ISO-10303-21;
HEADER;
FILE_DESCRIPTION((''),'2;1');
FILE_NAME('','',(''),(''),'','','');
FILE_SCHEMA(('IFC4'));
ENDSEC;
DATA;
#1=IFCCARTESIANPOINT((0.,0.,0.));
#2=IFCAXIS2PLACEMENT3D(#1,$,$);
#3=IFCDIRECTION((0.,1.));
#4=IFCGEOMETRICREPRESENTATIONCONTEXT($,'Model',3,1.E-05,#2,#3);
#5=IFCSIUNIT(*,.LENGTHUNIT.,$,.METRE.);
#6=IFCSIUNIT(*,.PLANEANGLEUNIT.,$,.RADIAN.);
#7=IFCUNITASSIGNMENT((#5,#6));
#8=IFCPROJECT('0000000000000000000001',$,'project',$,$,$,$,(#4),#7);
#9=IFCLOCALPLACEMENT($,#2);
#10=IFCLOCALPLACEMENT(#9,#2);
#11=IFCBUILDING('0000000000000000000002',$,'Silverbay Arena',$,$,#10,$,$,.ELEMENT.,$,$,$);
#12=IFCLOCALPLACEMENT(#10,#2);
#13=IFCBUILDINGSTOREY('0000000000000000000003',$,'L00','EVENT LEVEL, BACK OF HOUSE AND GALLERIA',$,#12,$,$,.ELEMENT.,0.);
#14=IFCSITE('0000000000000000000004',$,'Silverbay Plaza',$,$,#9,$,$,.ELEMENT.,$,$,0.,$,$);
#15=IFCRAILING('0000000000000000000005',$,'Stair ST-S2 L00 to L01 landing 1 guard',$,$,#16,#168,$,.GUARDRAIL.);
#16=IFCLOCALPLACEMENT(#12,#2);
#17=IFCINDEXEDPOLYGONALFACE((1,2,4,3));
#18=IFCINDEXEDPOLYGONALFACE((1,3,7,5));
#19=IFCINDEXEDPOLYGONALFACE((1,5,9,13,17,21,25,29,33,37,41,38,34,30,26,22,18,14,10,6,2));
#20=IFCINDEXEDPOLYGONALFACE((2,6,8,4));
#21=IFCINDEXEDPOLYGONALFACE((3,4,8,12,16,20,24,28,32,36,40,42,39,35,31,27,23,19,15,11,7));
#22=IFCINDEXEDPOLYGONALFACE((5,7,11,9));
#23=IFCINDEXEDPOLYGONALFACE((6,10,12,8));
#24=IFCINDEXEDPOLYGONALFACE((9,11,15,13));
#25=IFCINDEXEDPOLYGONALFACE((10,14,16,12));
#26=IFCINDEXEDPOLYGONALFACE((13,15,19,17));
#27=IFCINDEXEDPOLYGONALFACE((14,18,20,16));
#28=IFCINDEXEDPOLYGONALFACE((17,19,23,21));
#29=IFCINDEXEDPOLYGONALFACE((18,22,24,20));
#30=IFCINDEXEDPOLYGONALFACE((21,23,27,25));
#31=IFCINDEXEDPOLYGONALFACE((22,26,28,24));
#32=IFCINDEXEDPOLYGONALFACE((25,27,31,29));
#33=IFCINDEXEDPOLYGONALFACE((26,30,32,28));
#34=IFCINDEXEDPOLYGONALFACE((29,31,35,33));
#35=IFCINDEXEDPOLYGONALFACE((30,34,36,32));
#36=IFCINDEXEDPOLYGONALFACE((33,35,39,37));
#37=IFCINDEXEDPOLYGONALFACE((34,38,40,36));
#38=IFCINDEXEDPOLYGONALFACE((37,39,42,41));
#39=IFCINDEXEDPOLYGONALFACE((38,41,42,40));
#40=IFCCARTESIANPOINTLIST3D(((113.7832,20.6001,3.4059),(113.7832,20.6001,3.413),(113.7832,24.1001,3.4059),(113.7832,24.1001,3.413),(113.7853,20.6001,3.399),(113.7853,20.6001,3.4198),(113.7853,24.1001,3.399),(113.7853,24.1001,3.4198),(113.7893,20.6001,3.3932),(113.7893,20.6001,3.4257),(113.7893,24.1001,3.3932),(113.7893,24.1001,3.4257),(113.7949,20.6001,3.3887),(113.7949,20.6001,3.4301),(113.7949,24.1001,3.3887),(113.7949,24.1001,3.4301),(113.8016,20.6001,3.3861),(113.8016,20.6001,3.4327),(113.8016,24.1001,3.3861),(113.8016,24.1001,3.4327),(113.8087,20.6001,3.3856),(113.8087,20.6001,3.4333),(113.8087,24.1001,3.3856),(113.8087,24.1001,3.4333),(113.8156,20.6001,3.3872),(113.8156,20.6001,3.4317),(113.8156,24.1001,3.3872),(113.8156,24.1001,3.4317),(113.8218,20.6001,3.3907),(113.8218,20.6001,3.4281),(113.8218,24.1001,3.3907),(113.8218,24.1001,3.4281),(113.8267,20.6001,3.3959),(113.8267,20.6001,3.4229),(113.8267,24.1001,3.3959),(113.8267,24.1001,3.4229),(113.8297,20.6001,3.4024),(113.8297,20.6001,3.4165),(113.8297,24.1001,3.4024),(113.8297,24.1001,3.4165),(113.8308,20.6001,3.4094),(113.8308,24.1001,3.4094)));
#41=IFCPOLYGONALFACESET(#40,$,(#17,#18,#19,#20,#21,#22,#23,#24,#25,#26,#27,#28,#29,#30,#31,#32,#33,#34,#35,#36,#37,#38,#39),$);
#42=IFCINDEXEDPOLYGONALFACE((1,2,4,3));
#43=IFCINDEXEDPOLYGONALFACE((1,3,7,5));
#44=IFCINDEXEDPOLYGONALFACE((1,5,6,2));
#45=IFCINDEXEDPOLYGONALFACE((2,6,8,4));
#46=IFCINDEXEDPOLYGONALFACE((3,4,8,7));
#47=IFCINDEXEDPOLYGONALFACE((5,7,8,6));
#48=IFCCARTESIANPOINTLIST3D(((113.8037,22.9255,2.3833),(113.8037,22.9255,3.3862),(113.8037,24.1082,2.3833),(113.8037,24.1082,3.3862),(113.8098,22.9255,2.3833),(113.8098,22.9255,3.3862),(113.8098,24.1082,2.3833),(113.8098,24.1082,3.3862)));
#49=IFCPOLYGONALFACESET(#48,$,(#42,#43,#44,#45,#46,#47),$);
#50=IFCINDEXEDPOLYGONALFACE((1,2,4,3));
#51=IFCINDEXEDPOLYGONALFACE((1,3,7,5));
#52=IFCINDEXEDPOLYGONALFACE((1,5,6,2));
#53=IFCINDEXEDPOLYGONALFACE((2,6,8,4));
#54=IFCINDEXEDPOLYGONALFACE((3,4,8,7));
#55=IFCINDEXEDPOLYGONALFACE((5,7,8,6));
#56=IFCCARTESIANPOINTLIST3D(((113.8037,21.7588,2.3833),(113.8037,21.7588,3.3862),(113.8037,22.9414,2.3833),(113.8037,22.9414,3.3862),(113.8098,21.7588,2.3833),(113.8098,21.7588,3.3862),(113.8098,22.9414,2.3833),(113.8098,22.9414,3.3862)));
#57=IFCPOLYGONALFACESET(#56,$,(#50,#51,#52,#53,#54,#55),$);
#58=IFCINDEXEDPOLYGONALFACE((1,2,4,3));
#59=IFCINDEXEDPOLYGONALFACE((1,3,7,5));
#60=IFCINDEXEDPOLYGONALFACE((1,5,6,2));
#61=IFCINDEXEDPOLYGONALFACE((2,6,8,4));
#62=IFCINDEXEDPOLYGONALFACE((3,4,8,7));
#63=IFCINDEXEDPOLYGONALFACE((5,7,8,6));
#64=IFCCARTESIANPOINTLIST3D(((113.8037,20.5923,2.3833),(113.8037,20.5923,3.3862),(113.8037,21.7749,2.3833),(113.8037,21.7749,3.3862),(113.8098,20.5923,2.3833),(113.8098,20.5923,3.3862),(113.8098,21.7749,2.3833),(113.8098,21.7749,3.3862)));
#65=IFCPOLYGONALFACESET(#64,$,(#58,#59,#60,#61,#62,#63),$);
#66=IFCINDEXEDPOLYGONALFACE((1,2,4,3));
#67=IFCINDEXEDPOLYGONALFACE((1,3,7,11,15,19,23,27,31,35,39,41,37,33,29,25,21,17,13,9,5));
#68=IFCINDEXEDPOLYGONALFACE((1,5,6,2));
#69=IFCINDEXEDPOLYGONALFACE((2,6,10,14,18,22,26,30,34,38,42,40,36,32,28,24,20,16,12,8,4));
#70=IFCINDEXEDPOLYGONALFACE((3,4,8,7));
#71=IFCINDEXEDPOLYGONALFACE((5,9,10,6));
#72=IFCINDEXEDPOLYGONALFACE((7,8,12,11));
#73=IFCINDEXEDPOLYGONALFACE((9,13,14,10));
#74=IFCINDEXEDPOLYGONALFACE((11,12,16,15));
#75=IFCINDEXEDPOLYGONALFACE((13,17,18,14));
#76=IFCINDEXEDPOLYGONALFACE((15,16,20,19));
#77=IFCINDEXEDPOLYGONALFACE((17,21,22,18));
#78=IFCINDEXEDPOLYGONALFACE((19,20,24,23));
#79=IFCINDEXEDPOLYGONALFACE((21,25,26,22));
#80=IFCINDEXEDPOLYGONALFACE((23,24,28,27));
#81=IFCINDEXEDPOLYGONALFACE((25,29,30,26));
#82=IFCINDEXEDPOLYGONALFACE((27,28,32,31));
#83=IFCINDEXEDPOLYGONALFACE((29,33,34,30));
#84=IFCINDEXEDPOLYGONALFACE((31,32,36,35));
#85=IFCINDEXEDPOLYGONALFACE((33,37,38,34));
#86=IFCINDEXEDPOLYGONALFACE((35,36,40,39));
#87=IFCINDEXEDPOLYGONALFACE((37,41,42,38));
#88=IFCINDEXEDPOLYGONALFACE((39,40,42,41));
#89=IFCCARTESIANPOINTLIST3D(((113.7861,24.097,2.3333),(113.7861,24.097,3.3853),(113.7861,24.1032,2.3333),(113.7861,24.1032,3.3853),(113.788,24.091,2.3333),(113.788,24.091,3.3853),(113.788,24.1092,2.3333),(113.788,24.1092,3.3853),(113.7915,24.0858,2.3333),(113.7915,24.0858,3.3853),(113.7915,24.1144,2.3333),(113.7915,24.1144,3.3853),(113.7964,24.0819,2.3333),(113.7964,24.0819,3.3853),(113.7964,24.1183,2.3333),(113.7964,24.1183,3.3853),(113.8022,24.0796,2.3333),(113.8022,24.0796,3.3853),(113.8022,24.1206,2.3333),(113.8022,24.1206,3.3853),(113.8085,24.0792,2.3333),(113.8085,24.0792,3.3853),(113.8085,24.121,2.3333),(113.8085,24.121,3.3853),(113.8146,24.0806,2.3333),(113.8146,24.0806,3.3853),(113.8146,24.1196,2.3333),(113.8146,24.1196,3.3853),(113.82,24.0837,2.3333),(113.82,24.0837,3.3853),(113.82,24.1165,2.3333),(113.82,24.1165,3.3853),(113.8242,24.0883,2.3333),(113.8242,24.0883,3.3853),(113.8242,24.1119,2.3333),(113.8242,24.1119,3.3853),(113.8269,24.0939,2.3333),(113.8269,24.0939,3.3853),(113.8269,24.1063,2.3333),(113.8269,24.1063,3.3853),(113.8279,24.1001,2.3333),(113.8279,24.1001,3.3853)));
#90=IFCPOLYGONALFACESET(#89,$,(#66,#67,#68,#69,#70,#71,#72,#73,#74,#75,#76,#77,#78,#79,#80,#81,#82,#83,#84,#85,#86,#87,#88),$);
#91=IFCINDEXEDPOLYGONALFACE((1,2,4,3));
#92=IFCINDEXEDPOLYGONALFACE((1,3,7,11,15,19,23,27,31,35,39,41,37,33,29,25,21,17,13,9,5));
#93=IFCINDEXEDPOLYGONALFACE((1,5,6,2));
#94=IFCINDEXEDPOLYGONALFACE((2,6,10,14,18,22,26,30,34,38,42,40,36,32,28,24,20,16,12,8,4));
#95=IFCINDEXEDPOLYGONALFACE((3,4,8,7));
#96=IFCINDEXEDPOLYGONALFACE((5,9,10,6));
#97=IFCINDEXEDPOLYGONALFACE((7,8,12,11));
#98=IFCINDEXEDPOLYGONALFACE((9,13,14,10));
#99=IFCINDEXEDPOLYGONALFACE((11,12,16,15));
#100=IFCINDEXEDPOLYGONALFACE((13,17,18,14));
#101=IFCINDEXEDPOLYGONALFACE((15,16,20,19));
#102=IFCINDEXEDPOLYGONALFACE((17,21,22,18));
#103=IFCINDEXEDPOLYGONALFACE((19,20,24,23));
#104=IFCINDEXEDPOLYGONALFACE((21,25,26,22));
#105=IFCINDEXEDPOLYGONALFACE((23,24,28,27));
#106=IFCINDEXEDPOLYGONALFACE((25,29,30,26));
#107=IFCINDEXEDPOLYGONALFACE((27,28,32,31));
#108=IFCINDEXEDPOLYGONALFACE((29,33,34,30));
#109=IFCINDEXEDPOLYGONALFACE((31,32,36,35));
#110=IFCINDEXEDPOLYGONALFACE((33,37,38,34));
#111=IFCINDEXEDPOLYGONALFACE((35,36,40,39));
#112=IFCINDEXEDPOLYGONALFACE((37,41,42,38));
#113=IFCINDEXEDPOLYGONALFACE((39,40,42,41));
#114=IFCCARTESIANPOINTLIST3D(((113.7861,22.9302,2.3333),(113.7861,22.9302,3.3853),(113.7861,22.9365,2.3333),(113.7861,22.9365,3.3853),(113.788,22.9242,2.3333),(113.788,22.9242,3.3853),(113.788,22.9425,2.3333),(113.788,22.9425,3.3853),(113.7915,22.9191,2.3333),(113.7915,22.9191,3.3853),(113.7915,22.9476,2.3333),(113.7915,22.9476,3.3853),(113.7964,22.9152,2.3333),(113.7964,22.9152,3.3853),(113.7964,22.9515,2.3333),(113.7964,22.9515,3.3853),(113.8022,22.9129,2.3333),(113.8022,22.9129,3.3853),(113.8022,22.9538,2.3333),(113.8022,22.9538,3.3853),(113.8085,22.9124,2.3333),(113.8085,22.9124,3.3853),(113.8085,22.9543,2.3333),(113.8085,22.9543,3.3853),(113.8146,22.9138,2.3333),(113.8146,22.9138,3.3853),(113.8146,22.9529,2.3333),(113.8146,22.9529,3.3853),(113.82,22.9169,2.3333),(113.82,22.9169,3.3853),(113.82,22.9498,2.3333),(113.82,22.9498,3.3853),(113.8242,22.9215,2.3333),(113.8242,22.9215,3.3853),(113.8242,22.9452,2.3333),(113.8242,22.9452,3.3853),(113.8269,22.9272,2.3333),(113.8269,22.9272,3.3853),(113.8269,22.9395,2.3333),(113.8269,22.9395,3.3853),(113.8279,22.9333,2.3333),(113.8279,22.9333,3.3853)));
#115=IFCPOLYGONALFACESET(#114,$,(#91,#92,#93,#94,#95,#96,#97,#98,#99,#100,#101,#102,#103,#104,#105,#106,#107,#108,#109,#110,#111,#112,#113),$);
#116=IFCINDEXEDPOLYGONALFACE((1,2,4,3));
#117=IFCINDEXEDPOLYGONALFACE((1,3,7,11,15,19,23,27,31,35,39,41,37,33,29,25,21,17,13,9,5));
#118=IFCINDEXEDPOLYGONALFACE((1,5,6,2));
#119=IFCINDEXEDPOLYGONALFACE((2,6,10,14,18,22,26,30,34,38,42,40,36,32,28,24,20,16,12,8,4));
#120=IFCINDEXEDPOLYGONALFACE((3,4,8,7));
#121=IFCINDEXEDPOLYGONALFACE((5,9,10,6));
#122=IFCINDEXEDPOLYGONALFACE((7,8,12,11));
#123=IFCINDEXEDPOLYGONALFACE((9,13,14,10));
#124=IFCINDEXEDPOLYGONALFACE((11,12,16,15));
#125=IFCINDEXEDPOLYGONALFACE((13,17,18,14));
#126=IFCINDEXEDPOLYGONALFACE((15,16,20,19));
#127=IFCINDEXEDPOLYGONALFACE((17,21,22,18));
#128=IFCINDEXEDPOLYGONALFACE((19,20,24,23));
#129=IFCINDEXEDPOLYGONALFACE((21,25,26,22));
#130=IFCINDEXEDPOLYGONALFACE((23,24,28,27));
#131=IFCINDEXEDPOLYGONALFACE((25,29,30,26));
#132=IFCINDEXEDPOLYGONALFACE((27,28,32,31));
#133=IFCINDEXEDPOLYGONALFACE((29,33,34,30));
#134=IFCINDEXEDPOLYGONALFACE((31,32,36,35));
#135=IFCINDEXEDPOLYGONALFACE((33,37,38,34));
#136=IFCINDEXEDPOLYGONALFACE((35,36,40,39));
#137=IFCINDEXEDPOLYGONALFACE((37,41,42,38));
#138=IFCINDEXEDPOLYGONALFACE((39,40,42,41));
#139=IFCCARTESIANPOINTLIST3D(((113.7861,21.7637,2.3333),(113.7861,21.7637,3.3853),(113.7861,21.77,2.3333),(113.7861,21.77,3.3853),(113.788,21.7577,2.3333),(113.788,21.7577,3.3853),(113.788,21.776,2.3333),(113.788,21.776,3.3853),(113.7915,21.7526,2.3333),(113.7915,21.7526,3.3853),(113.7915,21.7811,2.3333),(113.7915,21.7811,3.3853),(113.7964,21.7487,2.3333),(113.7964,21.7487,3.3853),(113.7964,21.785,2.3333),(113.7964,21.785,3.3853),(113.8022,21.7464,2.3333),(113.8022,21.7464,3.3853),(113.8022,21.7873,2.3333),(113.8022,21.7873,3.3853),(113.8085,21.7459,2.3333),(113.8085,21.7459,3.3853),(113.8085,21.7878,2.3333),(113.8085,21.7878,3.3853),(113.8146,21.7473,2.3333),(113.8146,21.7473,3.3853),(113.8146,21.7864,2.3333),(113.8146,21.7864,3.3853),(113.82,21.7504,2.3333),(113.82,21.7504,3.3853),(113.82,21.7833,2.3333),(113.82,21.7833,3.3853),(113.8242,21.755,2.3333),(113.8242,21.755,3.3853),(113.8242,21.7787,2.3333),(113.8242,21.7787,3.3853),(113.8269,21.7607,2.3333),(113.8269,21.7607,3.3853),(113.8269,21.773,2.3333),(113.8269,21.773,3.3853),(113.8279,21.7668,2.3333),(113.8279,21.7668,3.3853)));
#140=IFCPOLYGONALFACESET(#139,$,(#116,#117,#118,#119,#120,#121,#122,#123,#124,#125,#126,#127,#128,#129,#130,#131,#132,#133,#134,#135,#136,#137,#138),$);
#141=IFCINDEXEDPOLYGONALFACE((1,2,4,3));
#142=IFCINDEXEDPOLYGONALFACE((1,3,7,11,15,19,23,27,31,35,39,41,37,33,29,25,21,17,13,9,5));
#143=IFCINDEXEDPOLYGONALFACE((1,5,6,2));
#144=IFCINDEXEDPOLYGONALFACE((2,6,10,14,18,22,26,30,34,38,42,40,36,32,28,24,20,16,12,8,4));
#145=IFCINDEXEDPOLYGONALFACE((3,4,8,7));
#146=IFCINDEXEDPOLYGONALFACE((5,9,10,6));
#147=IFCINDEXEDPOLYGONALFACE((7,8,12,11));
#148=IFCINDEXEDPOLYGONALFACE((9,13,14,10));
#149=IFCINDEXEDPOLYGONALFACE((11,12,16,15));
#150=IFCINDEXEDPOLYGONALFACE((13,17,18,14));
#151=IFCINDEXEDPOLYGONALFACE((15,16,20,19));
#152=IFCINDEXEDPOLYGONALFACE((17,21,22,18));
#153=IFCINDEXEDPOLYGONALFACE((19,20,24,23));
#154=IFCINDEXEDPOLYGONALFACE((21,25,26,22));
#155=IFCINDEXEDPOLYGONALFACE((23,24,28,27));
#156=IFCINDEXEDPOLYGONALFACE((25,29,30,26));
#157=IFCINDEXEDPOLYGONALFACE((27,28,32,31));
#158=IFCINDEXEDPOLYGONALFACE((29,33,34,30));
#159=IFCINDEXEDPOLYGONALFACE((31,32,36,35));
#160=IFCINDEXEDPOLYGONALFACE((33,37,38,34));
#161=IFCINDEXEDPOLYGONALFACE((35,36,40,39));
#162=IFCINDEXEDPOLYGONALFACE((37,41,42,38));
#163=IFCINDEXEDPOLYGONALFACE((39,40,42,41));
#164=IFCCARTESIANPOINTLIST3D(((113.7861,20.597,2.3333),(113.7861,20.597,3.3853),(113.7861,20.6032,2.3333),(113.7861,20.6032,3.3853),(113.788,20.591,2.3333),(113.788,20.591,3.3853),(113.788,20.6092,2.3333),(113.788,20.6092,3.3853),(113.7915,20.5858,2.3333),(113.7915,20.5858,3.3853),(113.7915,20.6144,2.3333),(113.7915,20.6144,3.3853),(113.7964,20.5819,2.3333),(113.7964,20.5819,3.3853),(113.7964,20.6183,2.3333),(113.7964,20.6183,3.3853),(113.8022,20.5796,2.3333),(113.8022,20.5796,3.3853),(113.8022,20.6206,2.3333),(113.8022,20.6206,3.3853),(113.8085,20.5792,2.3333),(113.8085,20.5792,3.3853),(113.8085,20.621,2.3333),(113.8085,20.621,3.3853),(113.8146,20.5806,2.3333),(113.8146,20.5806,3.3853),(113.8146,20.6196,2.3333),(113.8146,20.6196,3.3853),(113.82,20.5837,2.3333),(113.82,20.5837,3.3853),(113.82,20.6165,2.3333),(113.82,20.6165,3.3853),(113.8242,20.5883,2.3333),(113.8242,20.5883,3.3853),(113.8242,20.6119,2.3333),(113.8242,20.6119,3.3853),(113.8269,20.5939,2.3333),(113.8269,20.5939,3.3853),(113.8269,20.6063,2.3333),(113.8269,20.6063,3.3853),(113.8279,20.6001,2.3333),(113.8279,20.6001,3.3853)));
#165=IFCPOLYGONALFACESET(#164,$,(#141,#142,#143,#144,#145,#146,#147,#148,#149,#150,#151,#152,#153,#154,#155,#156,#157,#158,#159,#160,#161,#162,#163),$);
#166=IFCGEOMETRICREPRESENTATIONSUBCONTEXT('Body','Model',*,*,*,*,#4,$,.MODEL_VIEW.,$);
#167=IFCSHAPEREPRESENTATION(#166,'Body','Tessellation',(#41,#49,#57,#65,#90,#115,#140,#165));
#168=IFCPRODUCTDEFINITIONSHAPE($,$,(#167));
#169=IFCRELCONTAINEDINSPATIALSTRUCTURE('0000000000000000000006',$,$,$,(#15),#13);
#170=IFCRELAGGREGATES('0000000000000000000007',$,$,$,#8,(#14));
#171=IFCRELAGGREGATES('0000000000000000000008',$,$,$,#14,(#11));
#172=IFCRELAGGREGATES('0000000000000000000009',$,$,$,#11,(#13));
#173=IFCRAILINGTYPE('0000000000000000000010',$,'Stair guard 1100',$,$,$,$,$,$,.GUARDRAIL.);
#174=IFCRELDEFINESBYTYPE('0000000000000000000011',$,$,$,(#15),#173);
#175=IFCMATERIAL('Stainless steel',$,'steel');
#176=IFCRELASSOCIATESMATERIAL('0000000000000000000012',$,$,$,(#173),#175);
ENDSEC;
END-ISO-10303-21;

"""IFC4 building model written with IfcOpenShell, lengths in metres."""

from ifc_helpers import new_model, si_unit, direction, frame, origin, origin_2d, place, context, subcontext, project, spatial, polyline, circle, outline, extrude, material, type_object, element, save


model = new_model("IFC4")

# Units and contexts
model_context = context("Model", 3, precision=1e-05, world=origin(), true_north=direction((0.0, 1.0)))
body_context = subcontext(model_context, "Body", "Model", "MODEL_VIEW")
ifc_project = project(units=[si_unit("LENGTHUNIT", "METRE"), si_unit("PLANEANGLEUNIT", "RADIAN")], contexts=[model_context])

# Site, building, storey
site_placement = place(None, origin())
site = spatial("IfcSite", under=ifc_project, at=site_placement, Name="Silverbay Plaza", CompositionType="ELEMENT", RefElevation=0.0)
building_placement = place(site_placement, origin())
building = spatial("IfcBuilding", under=site, at=building_placement, Name="Silverbay Arena", CompositionType="ELEMENT")
storey_placement = place(building_placement, origin())
storey = spatial("IfcBuildingStorey", under=building, at=storey_placement, Name="L00", Description="EVENT LEVEL, BACK OF HOUSE AND GALLERIA", CompositionType="ELEMENT", Elevation=0.0)

# Railing
ifc_material_1 = material(Name="Stainless steel", Category="steel")
railing_type_1 = type_object("IfcRailingType", Name="Stair guard 1100", PredefinedType="GUARDRAIL", material=ifc_material_1)
for number, where, name in (
    (1, (113.8069, 24.1001, 2.3333), "Stair ST-S2 L00 to L01 landing 1 guard"),
):
    element("IfcRailing", number, at=place(storey_placement, frame(where)), inside=storey, type_object=railing_type_1, Name=name, PredefinedType="GUARDRAIL", context=body_context, shape_type="SweptSolid", body=[
        extrude(circle(Radius=0.0239, at=origin_2d()), frame((0.0, 0.0, 1.0762), z_axis=(0.0, -1.0, 0.0), x_axis=(1.0, 0.0, 0.0)), (0.0, 0.0, 1.0), 3.5),
        extrude(outline(polyline([(-0.0081, 0.05), (1.1746, 0.05), (1.1746, 1.053), (-0.0081, 1.053), (-0.0081, 0.05)])), frame((0.0029, 0.0, 0.0), z_axis=(-1.0, 0.0, 0.0), x_axis=(0.0, -1.0, 0.0)), (0.0, 0.0, 1.0), 0.0061),
        extrude(outline(polyline([(-0.0081, 0.05), (1.1746, 0.05), (1.1746, 1.053), (-0.0081, 1.053), (-0.0081, 0.05)])), frame((0.0029, -1.1667, 0.0), z_axis=(-1.0, 0.0, 0.0), x_axis=(0.0, -1.0, 0.0)), (0.0, 0.0, 1.0), 0.0061),
        extrude(outline(polyline([(-0.0081, 0.05), (1.1746, 0.05), (1.1746, 1.053), (-0.0081, 1.053), (-0.0081, 0.05)])), frame((0.0029, -2.3333, 0.0), z_axis=(-1.0, 0.0, 0.0), x_axis=(0.0, -1.0, 0.0)), (0.0, 0.0, 1.0), 0.0061),
        extrude(circle(Radius=0.021, at=origin_2d()), origin(), (0.0, 0.0, 1.0), 1.052),
        extrude(circle(Radius=0.021, at=origin_2d()), frame((0.0, -1.1667, 0.0)), (0.0, 0.0, 1.0), 1.052),
        extrude(circle(Radius=0.021, at=origin_2d()), frame((0.0, -2.3333, 0.0)), (0.0, 0.0, 1.0), 1.052),
        extrude(circle(Radius=0.021, at=origin_2d()), frame((0.0, -3.5, 0.0)), (0.0, 0.0, 1.0), 1.052),
    ])

save(model, "model.ifc")
